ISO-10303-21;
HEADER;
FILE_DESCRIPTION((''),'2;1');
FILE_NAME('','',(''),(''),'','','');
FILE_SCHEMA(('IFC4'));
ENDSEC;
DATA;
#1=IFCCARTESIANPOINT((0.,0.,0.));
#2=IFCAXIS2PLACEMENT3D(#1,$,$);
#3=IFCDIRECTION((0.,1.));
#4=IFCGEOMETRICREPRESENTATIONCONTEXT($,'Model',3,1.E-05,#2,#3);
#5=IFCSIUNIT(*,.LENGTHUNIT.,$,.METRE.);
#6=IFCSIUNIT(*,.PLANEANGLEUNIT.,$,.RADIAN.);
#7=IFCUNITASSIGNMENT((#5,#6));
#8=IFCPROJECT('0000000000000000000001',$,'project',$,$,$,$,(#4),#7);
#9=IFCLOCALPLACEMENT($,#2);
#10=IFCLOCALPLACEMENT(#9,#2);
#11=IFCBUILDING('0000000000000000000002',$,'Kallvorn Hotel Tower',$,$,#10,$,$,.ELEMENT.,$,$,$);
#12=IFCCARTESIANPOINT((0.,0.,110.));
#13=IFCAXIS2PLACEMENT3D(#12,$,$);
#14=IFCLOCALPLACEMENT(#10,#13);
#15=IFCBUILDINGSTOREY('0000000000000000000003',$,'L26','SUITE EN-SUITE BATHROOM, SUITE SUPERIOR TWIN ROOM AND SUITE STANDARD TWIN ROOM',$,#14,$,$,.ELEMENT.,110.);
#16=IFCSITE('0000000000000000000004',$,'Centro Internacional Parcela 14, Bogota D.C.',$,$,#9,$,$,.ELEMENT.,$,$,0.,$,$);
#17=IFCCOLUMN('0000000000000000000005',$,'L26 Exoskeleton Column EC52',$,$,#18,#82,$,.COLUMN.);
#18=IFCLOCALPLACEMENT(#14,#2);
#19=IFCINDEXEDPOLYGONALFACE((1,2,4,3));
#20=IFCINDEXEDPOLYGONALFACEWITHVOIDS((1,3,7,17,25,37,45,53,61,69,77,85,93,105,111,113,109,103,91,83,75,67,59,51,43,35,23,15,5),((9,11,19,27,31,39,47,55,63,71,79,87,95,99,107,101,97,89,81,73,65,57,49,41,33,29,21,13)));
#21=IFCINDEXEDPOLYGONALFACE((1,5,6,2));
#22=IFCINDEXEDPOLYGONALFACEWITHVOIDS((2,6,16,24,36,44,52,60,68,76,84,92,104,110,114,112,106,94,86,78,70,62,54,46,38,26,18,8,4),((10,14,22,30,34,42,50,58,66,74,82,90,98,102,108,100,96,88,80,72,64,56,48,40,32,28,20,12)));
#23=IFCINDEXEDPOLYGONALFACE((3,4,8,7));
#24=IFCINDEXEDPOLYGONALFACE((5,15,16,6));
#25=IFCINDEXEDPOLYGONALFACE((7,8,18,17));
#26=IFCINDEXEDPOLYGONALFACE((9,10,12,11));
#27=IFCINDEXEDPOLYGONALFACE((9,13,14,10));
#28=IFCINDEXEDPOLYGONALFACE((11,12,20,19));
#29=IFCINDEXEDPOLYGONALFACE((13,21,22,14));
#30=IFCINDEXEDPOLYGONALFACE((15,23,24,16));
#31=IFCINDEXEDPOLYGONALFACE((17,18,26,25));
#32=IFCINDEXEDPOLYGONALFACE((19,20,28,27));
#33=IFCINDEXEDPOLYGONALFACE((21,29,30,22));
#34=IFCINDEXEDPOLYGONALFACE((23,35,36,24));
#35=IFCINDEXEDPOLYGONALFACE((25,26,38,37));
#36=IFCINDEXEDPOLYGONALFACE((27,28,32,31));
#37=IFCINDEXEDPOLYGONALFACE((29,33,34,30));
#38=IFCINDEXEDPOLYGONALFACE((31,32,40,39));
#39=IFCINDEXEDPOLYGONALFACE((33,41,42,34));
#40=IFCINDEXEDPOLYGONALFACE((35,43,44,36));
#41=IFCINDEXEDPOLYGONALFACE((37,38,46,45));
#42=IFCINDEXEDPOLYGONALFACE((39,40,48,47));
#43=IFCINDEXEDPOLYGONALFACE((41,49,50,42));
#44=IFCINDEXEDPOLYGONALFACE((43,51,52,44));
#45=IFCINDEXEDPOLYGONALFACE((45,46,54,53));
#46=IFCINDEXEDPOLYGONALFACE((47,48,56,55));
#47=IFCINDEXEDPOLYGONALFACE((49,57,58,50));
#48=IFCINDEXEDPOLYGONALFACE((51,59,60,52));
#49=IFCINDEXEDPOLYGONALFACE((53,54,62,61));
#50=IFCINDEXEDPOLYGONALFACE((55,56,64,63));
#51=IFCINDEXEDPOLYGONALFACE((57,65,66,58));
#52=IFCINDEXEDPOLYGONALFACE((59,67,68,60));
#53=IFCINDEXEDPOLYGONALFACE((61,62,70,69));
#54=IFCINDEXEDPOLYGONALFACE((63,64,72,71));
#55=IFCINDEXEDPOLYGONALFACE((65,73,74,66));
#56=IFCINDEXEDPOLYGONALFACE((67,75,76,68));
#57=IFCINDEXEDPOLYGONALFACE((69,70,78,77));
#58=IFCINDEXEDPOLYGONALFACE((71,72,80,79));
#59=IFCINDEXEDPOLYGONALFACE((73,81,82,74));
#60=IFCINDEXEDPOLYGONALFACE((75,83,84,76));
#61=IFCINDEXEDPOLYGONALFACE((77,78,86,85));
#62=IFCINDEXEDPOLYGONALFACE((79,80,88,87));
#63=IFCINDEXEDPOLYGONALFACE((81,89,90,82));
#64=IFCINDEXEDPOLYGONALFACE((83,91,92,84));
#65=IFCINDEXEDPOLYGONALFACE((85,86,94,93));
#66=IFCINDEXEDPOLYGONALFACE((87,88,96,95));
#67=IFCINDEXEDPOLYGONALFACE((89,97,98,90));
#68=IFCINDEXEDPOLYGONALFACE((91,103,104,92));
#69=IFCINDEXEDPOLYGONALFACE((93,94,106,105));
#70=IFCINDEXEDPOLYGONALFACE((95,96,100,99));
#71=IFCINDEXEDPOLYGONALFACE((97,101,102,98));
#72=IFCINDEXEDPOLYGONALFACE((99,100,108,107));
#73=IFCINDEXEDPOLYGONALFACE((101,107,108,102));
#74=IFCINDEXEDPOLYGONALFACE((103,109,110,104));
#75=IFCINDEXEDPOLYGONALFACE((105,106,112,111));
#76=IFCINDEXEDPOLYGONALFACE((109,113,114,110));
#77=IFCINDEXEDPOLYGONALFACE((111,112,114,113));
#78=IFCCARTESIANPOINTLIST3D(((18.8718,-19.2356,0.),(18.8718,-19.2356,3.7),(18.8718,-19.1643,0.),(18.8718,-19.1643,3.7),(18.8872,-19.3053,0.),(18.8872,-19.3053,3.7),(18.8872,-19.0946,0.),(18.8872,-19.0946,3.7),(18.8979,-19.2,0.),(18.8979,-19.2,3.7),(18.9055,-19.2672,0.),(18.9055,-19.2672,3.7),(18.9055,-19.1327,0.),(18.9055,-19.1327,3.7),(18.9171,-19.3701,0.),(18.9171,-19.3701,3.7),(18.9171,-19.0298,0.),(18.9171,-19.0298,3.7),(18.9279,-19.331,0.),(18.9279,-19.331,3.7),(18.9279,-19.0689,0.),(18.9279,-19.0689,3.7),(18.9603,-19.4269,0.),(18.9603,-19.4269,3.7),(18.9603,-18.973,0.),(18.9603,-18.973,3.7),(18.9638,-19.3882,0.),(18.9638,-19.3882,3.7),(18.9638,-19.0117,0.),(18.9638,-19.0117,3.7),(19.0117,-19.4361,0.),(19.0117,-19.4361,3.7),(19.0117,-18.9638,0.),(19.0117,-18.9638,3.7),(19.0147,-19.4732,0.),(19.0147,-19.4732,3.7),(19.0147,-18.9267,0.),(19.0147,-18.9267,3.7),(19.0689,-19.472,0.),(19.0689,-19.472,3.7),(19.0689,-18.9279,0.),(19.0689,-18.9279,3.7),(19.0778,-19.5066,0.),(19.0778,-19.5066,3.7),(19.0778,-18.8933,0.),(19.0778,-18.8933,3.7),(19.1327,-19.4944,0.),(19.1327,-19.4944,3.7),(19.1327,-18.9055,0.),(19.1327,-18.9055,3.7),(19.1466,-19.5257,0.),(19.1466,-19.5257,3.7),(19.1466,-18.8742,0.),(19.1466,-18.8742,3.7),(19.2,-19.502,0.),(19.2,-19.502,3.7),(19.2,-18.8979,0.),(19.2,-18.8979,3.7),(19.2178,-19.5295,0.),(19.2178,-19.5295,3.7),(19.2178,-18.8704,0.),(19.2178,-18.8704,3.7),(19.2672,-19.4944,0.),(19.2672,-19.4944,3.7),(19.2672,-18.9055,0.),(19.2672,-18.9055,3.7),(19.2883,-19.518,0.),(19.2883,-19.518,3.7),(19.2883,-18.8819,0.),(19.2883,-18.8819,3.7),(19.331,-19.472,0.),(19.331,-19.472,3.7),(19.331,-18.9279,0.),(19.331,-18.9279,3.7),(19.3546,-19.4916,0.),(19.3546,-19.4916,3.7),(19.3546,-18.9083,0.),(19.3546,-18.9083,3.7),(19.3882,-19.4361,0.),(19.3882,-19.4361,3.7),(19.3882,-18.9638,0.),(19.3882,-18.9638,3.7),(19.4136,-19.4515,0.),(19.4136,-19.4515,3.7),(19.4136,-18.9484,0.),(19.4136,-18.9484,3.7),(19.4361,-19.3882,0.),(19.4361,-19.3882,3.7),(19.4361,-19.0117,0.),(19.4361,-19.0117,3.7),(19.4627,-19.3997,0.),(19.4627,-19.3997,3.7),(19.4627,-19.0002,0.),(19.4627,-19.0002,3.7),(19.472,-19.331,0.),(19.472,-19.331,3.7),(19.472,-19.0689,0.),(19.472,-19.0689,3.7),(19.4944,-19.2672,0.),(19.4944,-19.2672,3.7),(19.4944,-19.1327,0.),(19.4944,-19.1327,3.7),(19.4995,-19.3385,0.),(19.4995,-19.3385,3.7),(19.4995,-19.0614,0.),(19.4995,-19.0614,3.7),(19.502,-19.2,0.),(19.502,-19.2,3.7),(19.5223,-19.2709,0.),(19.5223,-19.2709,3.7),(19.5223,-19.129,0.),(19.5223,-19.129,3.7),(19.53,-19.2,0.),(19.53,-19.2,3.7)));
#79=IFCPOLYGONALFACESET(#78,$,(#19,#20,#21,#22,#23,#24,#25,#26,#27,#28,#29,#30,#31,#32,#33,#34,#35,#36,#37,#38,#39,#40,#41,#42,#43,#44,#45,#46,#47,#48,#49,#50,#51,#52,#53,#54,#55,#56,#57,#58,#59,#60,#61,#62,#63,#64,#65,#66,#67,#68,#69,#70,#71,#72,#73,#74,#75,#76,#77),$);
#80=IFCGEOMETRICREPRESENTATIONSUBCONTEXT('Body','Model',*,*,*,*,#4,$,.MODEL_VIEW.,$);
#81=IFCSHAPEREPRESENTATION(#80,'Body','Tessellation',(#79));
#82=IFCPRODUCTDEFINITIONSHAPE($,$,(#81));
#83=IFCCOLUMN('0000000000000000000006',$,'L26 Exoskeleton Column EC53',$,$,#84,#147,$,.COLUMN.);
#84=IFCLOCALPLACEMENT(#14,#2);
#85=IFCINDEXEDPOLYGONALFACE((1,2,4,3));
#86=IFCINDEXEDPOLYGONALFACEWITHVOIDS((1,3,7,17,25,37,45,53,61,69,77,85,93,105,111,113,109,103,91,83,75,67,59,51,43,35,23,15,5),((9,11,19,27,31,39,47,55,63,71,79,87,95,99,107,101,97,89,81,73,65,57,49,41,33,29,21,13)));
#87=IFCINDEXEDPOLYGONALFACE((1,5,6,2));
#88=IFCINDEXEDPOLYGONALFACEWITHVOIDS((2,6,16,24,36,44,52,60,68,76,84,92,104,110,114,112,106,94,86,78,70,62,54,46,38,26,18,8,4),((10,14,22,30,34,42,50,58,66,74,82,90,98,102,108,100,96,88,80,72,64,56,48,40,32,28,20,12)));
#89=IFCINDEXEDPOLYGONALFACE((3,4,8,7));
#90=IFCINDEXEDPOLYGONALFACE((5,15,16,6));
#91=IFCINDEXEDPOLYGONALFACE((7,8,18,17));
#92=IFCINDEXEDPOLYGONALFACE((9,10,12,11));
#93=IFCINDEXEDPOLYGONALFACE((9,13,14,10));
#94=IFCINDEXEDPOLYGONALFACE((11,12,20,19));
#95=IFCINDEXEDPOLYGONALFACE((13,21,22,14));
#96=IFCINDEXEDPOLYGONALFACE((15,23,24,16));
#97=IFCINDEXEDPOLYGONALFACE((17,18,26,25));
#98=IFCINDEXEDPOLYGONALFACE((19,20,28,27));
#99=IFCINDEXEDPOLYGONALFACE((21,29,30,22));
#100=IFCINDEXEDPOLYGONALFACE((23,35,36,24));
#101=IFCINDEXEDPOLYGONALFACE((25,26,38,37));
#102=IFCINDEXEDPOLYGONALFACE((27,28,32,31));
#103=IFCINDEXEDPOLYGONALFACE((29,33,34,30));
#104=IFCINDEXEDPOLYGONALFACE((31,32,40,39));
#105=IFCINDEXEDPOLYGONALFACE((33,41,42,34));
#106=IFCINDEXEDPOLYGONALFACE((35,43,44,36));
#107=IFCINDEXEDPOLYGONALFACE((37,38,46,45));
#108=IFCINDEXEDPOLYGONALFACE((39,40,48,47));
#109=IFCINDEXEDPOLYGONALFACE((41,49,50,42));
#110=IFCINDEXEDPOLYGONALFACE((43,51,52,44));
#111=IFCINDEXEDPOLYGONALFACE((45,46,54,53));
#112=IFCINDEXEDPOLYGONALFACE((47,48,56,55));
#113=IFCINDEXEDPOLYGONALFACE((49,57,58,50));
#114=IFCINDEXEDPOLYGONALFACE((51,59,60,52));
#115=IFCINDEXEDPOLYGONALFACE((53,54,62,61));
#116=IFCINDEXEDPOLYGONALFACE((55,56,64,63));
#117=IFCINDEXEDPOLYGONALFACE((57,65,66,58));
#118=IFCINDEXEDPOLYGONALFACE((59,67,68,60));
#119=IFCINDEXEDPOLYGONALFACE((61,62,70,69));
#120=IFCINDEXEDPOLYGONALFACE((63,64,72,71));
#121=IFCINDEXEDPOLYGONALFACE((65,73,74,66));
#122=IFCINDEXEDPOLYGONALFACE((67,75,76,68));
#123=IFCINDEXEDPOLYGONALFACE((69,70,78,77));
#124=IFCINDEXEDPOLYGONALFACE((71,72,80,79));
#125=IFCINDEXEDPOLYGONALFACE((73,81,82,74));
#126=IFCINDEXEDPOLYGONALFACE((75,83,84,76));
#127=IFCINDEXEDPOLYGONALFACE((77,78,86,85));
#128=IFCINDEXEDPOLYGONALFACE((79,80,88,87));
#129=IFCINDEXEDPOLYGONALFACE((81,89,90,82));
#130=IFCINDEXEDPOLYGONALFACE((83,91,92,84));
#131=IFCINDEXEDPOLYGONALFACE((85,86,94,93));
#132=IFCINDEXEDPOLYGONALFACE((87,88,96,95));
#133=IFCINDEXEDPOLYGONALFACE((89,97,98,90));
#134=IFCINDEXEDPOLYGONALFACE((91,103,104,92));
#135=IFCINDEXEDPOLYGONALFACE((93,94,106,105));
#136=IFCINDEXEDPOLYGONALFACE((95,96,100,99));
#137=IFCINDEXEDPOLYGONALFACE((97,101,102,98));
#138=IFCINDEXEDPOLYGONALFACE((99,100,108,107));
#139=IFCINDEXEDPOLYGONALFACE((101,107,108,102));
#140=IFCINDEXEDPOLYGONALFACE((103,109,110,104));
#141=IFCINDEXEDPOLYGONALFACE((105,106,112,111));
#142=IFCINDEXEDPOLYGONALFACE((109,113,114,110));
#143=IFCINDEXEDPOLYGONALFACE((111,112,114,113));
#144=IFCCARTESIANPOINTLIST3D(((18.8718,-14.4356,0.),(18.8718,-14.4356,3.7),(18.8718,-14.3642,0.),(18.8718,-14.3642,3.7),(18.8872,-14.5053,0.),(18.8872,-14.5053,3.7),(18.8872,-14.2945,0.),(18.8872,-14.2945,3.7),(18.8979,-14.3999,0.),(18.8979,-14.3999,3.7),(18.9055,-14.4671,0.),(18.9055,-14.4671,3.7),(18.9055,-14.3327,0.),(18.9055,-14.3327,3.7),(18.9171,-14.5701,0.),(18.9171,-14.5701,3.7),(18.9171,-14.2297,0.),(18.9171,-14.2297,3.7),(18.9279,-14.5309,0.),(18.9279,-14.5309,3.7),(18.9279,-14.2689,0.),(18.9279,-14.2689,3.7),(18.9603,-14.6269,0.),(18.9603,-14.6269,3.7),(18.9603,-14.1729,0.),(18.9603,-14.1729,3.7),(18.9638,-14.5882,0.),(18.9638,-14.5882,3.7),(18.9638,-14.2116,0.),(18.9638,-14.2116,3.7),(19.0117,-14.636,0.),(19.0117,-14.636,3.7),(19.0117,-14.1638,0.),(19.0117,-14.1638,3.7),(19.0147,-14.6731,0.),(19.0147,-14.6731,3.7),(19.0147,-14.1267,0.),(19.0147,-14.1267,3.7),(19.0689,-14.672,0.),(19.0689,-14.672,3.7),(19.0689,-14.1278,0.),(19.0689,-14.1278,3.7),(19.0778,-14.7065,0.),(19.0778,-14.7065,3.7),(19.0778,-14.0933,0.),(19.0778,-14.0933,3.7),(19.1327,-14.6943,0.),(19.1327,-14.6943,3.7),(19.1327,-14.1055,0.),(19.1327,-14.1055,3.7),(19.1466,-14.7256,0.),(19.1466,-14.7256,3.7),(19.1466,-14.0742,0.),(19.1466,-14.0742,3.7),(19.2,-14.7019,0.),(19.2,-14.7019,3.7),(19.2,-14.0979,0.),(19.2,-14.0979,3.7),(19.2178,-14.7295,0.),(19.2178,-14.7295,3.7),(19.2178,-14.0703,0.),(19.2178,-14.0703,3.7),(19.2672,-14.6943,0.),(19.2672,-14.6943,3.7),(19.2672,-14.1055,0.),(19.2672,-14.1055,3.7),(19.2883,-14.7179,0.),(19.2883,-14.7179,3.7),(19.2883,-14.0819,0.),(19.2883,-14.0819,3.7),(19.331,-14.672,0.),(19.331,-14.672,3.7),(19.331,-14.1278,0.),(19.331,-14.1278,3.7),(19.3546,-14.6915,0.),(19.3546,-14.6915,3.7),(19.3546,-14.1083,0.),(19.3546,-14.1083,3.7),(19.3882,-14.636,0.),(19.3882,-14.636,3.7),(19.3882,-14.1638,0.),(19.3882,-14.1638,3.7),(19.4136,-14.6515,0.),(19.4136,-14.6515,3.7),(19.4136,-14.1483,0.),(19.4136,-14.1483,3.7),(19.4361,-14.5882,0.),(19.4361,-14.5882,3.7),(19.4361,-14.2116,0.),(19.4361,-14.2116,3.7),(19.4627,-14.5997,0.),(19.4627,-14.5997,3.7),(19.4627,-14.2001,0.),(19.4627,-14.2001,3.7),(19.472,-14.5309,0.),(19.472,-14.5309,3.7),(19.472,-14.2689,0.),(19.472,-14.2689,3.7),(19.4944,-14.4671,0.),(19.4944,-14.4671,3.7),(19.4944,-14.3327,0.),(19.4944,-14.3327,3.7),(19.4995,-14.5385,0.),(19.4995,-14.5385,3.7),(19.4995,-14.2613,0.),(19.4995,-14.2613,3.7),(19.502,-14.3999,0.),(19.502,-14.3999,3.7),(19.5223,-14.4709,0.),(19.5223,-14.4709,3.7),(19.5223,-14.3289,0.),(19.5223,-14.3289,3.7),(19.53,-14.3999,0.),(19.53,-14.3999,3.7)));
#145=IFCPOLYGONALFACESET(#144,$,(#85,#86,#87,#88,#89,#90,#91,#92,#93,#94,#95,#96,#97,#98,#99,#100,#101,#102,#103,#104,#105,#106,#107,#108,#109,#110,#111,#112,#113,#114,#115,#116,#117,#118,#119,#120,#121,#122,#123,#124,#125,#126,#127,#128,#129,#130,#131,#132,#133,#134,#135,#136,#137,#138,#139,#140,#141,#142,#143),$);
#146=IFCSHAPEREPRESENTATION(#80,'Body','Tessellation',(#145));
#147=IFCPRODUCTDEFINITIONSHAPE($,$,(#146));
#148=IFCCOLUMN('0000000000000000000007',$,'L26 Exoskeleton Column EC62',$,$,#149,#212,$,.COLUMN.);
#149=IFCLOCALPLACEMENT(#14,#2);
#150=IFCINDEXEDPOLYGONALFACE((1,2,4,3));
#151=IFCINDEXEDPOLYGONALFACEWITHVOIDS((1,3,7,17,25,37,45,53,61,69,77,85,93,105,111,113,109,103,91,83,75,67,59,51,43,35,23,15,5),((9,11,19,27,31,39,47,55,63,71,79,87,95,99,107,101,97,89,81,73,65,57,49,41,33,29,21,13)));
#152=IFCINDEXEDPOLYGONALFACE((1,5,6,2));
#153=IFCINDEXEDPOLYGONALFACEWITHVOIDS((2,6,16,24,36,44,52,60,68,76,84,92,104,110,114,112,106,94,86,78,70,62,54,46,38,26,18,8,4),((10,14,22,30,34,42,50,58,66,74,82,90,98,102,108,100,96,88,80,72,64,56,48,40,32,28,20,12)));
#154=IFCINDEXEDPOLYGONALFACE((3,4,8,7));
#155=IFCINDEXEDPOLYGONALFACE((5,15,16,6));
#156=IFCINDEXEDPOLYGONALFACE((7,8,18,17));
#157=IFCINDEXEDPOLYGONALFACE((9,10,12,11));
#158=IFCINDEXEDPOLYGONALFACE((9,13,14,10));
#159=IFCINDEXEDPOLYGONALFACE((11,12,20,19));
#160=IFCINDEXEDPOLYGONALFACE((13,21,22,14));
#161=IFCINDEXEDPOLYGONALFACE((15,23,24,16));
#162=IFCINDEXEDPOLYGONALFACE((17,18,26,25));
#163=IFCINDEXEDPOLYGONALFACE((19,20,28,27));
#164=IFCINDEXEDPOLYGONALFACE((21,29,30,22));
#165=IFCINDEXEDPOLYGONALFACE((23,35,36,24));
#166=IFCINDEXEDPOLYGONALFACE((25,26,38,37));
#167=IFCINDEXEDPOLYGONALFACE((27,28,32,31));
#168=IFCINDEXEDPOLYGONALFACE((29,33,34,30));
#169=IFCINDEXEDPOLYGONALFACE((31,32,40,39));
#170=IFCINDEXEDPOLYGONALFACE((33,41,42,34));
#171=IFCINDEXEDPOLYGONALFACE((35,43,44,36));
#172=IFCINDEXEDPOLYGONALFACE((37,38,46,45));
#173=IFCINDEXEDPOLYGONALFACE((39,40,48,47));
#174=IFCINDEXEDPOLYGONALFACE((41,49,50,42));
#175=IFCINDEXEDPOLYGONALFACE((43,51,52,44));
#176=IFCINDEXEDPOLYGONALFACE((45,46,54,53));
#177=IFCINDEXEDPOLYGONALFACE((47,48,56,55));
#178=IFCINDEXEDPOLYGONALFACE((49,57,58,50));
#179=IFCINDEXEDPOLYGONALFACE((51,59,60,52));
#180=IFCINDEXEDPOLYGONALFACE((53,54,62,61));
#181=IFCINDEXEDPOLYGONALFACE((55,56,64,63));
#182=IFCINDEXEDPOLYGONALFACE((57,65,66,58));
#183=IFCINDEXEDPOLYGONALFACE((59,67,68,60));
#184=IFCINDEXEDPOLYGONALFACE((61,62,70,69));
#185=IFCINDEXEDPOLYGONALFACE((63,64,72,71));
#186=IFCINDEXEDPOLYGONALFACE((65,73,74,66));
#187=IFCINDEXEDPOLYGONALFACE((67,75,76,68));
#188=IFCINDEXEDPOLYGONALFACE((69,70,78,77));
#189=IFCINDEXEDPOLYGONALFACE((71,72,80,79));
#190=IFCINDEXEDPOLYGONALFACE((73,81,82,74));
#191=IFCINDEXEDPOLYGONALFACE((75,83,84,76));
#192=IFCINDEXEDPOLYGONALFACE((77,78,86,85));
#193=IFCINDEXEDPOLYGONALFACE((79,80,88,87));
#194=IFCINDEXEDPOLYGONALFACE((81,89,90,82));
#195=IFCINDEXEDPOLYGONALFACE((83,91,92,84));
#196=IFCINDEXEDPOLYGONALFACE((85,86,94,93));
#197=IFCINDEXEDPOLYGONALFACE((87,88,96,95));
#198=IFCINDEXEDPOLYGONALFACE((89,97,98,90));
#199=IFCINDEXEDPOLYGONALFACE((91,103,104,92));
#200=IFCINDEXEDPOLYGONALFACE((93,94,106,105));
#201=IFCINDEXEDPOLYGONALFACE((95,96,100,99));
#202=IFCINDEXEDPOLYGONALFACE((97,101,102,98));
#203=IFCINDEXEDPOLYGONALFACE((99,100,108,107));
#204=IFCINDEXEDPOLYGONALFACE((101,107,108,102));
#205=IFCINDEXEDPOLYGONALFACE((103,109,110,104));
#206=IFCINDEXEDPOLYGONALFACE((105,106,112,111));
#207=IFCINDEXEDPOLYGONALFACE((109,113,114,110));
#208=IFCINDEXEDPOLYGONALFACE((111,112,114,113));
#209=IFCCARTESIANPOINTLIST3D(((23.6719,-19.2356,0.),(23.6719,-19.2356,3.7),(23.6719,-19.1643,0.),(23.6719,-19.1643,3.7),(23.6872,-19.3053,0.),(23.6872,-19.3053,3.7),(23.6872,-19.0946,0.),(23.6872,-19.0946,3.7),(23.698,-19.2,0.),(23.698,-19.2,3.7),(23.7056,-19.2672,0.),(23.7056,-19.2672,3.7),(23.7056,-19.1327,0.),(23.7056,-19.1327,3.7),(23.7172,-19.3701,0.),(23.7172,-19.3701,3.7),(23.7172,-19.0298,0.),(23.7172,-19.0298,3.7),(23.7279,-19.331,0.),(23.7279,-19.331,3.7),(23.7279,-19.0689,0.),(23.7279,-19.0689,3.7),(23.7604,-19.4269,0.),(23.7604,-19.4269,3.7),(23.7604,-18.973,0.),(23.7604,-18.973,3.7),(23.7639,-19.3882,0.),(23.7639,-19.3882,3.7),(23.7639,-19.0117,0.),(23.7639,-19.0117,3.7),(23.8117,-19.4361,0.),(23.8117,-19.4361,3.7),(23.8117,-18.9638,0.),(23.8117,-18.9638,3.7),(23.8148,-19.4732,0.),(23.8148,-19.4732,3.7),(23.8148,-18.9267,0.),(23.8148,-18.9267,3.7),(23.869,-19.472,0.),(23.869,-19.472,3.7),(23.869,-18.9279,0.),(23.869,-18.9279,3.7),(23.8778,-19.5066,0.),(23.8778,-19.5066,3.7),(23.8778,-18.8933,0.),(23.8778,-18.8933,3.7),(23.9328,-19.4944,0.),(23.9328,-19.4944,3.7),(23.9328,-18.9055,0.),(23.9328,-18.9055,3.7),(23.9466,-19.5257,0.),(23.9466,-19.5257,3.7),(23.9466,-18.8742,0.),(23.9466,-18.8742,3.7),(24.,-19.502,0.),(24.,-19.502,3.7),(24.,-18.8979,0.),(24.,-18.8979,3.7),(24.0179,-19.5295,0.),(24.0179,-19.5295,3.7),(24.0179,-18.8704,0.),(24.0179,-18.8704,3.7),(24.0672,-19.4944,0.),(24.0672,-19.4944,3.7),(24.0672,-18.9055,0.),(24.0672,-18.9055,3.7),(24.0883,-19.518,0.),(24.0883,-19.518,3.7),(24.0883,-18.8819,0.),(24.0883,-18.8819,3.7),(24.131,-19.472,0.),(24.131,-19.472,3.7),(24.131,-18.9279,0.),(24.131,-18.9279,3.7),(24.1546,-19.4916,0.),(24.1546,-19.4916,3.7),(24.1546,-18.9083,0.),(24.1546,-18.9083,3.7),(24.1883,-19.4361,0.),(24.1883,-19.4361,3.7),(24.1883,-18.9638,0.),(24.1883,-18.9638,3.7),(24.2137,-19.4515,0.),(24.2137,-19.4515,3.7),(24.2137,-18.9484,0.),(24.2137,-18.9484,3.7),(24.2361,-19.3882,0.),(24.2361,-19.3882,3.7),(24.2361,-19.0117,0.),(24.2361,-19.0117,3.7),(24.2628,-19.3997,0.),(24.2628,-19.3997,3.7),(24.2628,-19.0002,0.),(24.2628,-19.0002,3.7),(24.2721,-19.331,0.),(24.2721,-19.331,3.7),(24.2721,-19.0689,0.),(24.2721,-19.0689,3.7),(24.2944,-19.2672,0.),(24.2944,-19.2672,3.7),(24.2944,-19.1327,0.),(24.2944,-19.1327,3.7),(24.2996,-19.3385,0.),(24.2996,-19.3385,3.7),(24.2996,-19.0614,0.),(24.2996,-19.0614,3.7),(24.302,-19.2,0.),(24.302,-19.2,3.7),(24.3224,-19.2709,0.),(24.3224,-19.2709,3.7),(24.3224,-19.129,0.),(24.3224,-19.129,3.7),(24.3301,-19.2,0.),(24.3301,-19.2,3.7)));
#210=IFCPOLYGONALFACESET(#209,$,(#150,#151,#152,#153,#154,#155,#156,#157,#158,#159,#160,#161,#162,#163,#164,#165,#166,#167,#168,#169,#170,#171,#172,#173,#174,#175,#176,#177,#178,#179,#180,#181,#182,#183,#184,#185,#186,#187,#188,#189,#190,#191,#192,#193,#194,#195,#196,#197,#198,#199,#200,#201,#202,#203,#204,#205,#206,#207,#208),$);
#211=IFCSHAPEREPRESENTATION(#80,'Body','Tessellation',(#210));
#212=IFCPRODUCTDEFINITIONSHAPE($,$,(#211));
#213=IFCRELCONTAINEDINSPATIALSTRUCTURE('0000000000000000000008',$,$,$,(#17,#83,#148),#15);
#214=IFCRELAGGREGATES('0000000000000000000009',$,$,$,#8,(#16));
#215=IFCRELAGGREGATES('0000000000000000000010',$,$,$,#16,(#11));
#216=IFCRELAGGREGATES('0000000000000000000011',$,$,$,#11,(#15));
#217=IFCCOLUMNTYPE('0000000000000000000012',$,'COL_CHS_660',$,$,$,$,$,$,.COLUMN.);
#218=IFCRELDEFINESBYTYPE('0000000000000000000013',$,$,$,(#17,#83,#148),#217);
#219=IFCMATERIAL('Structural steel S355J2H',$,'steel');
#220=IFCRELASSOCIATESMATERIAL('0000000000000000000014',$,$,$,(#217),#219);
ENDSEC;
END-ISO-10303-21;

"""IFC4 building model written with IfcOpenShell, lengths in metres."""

from ifc_helpers import new_model, si_unit, direction, frame, origin, origin_2d, place, context, subcontext, project, spatial, hollow_circle, extrude, material, material_profile, profile_set, type_object, element, save


model = new_model("IFC4")

# Units and contexts
model_context = context("Model", 3, precision=1e-05, world=origin(), true_north=direction((0.0, 1.0)))
body_context = subcontext(model_context, "Body", "Model", "MODEL_VIEW")
ifc_project = project(units=[si_unit("LENGTHUNIT", "METRE"), si_unit("PLANEANGLEUNIT", "RADIAN")], contexts=[model_context])

# Site, building, storey
site_placement = place(None, origin())
site = spatial("IfcSite", under=ifc_project, at=site_placement, Name="Centro Internacional Parcela 14, Bogota D.C.", CompositionType="ELEMENT", RefElevation=0.0)
building_placement = place(site_placement, origin())
building = spatial("IfcBuilding", under=site, at=building_placement, Name="Kallvorn Hotel Tower", CompositionType="ELEMENT")
storey_placement = place(building_placement, frame((0.0, 0.0, 110.0)))
storey = spatial("IfcBuildingStorey", under=building, at=storey_placement, Name="L26", Description="SUITE EN-SUITE BATHROOM, SUITE SUPERIOR TWIN ROOM AND SUITE STANDARD TWIN ROOM", CompositionType="ELEMENT", Elevation=110.0)

# Columns
ifc_material_1 = material(Name="Structural steel S355J2H", Category="steel")
ifc_material_profile_1 = material_profile(ifc_material_1, hollow_circle(Radius=0.3301, WallThickness=0.0281, at=origin_2d()), Name="CHS 660x28")
ifc_profile_set_1 = profile_set([ifc_material_profile_1], Name="Structural steel S355J2H")
column_type_1 = type_object("IfcColumnType", Name="COL_CHS_660", PredefinedType="COLUMN", material=ifc_profile_set_1)
for number, where, z_axis, x_axis, name in (
    (1, (19.2, -19.2, 0.0), (0.0, 0.0, 1.0), (1.0, 0.0, 0.0), "L26 Exoskeleton Column EC52"),
    (2, (19.2, -14.3999, 0.0), (0.0, 0.0, 1.0), (1.0, 0.0, 0.0), "L26 Exoskeleton Column EC53"),
    (3, (24.0, -19.2, 0.0), (0.0, 0.0, 1.0), (1.0, 0.0, 0.0), "L26 Exoskeleton Column EC62"),
):
    element("IfcColumn", number, at=place(storey_placement, frame(where, z_axis=z_axis, x_axis=x_axis)), inside=storey, type_object=column_type_1, Name=name, PredefinedType="COLUMN", context=body_context, shape_type="SweptSolid", body=[
        extrude(hollow_circle(Radius=0.3301, WallThickness=0.0281, at=origin_2d()), origin(), (0.0, 0.0, 1.0), 3.7),
    ])

save(model, "model.ifc")
